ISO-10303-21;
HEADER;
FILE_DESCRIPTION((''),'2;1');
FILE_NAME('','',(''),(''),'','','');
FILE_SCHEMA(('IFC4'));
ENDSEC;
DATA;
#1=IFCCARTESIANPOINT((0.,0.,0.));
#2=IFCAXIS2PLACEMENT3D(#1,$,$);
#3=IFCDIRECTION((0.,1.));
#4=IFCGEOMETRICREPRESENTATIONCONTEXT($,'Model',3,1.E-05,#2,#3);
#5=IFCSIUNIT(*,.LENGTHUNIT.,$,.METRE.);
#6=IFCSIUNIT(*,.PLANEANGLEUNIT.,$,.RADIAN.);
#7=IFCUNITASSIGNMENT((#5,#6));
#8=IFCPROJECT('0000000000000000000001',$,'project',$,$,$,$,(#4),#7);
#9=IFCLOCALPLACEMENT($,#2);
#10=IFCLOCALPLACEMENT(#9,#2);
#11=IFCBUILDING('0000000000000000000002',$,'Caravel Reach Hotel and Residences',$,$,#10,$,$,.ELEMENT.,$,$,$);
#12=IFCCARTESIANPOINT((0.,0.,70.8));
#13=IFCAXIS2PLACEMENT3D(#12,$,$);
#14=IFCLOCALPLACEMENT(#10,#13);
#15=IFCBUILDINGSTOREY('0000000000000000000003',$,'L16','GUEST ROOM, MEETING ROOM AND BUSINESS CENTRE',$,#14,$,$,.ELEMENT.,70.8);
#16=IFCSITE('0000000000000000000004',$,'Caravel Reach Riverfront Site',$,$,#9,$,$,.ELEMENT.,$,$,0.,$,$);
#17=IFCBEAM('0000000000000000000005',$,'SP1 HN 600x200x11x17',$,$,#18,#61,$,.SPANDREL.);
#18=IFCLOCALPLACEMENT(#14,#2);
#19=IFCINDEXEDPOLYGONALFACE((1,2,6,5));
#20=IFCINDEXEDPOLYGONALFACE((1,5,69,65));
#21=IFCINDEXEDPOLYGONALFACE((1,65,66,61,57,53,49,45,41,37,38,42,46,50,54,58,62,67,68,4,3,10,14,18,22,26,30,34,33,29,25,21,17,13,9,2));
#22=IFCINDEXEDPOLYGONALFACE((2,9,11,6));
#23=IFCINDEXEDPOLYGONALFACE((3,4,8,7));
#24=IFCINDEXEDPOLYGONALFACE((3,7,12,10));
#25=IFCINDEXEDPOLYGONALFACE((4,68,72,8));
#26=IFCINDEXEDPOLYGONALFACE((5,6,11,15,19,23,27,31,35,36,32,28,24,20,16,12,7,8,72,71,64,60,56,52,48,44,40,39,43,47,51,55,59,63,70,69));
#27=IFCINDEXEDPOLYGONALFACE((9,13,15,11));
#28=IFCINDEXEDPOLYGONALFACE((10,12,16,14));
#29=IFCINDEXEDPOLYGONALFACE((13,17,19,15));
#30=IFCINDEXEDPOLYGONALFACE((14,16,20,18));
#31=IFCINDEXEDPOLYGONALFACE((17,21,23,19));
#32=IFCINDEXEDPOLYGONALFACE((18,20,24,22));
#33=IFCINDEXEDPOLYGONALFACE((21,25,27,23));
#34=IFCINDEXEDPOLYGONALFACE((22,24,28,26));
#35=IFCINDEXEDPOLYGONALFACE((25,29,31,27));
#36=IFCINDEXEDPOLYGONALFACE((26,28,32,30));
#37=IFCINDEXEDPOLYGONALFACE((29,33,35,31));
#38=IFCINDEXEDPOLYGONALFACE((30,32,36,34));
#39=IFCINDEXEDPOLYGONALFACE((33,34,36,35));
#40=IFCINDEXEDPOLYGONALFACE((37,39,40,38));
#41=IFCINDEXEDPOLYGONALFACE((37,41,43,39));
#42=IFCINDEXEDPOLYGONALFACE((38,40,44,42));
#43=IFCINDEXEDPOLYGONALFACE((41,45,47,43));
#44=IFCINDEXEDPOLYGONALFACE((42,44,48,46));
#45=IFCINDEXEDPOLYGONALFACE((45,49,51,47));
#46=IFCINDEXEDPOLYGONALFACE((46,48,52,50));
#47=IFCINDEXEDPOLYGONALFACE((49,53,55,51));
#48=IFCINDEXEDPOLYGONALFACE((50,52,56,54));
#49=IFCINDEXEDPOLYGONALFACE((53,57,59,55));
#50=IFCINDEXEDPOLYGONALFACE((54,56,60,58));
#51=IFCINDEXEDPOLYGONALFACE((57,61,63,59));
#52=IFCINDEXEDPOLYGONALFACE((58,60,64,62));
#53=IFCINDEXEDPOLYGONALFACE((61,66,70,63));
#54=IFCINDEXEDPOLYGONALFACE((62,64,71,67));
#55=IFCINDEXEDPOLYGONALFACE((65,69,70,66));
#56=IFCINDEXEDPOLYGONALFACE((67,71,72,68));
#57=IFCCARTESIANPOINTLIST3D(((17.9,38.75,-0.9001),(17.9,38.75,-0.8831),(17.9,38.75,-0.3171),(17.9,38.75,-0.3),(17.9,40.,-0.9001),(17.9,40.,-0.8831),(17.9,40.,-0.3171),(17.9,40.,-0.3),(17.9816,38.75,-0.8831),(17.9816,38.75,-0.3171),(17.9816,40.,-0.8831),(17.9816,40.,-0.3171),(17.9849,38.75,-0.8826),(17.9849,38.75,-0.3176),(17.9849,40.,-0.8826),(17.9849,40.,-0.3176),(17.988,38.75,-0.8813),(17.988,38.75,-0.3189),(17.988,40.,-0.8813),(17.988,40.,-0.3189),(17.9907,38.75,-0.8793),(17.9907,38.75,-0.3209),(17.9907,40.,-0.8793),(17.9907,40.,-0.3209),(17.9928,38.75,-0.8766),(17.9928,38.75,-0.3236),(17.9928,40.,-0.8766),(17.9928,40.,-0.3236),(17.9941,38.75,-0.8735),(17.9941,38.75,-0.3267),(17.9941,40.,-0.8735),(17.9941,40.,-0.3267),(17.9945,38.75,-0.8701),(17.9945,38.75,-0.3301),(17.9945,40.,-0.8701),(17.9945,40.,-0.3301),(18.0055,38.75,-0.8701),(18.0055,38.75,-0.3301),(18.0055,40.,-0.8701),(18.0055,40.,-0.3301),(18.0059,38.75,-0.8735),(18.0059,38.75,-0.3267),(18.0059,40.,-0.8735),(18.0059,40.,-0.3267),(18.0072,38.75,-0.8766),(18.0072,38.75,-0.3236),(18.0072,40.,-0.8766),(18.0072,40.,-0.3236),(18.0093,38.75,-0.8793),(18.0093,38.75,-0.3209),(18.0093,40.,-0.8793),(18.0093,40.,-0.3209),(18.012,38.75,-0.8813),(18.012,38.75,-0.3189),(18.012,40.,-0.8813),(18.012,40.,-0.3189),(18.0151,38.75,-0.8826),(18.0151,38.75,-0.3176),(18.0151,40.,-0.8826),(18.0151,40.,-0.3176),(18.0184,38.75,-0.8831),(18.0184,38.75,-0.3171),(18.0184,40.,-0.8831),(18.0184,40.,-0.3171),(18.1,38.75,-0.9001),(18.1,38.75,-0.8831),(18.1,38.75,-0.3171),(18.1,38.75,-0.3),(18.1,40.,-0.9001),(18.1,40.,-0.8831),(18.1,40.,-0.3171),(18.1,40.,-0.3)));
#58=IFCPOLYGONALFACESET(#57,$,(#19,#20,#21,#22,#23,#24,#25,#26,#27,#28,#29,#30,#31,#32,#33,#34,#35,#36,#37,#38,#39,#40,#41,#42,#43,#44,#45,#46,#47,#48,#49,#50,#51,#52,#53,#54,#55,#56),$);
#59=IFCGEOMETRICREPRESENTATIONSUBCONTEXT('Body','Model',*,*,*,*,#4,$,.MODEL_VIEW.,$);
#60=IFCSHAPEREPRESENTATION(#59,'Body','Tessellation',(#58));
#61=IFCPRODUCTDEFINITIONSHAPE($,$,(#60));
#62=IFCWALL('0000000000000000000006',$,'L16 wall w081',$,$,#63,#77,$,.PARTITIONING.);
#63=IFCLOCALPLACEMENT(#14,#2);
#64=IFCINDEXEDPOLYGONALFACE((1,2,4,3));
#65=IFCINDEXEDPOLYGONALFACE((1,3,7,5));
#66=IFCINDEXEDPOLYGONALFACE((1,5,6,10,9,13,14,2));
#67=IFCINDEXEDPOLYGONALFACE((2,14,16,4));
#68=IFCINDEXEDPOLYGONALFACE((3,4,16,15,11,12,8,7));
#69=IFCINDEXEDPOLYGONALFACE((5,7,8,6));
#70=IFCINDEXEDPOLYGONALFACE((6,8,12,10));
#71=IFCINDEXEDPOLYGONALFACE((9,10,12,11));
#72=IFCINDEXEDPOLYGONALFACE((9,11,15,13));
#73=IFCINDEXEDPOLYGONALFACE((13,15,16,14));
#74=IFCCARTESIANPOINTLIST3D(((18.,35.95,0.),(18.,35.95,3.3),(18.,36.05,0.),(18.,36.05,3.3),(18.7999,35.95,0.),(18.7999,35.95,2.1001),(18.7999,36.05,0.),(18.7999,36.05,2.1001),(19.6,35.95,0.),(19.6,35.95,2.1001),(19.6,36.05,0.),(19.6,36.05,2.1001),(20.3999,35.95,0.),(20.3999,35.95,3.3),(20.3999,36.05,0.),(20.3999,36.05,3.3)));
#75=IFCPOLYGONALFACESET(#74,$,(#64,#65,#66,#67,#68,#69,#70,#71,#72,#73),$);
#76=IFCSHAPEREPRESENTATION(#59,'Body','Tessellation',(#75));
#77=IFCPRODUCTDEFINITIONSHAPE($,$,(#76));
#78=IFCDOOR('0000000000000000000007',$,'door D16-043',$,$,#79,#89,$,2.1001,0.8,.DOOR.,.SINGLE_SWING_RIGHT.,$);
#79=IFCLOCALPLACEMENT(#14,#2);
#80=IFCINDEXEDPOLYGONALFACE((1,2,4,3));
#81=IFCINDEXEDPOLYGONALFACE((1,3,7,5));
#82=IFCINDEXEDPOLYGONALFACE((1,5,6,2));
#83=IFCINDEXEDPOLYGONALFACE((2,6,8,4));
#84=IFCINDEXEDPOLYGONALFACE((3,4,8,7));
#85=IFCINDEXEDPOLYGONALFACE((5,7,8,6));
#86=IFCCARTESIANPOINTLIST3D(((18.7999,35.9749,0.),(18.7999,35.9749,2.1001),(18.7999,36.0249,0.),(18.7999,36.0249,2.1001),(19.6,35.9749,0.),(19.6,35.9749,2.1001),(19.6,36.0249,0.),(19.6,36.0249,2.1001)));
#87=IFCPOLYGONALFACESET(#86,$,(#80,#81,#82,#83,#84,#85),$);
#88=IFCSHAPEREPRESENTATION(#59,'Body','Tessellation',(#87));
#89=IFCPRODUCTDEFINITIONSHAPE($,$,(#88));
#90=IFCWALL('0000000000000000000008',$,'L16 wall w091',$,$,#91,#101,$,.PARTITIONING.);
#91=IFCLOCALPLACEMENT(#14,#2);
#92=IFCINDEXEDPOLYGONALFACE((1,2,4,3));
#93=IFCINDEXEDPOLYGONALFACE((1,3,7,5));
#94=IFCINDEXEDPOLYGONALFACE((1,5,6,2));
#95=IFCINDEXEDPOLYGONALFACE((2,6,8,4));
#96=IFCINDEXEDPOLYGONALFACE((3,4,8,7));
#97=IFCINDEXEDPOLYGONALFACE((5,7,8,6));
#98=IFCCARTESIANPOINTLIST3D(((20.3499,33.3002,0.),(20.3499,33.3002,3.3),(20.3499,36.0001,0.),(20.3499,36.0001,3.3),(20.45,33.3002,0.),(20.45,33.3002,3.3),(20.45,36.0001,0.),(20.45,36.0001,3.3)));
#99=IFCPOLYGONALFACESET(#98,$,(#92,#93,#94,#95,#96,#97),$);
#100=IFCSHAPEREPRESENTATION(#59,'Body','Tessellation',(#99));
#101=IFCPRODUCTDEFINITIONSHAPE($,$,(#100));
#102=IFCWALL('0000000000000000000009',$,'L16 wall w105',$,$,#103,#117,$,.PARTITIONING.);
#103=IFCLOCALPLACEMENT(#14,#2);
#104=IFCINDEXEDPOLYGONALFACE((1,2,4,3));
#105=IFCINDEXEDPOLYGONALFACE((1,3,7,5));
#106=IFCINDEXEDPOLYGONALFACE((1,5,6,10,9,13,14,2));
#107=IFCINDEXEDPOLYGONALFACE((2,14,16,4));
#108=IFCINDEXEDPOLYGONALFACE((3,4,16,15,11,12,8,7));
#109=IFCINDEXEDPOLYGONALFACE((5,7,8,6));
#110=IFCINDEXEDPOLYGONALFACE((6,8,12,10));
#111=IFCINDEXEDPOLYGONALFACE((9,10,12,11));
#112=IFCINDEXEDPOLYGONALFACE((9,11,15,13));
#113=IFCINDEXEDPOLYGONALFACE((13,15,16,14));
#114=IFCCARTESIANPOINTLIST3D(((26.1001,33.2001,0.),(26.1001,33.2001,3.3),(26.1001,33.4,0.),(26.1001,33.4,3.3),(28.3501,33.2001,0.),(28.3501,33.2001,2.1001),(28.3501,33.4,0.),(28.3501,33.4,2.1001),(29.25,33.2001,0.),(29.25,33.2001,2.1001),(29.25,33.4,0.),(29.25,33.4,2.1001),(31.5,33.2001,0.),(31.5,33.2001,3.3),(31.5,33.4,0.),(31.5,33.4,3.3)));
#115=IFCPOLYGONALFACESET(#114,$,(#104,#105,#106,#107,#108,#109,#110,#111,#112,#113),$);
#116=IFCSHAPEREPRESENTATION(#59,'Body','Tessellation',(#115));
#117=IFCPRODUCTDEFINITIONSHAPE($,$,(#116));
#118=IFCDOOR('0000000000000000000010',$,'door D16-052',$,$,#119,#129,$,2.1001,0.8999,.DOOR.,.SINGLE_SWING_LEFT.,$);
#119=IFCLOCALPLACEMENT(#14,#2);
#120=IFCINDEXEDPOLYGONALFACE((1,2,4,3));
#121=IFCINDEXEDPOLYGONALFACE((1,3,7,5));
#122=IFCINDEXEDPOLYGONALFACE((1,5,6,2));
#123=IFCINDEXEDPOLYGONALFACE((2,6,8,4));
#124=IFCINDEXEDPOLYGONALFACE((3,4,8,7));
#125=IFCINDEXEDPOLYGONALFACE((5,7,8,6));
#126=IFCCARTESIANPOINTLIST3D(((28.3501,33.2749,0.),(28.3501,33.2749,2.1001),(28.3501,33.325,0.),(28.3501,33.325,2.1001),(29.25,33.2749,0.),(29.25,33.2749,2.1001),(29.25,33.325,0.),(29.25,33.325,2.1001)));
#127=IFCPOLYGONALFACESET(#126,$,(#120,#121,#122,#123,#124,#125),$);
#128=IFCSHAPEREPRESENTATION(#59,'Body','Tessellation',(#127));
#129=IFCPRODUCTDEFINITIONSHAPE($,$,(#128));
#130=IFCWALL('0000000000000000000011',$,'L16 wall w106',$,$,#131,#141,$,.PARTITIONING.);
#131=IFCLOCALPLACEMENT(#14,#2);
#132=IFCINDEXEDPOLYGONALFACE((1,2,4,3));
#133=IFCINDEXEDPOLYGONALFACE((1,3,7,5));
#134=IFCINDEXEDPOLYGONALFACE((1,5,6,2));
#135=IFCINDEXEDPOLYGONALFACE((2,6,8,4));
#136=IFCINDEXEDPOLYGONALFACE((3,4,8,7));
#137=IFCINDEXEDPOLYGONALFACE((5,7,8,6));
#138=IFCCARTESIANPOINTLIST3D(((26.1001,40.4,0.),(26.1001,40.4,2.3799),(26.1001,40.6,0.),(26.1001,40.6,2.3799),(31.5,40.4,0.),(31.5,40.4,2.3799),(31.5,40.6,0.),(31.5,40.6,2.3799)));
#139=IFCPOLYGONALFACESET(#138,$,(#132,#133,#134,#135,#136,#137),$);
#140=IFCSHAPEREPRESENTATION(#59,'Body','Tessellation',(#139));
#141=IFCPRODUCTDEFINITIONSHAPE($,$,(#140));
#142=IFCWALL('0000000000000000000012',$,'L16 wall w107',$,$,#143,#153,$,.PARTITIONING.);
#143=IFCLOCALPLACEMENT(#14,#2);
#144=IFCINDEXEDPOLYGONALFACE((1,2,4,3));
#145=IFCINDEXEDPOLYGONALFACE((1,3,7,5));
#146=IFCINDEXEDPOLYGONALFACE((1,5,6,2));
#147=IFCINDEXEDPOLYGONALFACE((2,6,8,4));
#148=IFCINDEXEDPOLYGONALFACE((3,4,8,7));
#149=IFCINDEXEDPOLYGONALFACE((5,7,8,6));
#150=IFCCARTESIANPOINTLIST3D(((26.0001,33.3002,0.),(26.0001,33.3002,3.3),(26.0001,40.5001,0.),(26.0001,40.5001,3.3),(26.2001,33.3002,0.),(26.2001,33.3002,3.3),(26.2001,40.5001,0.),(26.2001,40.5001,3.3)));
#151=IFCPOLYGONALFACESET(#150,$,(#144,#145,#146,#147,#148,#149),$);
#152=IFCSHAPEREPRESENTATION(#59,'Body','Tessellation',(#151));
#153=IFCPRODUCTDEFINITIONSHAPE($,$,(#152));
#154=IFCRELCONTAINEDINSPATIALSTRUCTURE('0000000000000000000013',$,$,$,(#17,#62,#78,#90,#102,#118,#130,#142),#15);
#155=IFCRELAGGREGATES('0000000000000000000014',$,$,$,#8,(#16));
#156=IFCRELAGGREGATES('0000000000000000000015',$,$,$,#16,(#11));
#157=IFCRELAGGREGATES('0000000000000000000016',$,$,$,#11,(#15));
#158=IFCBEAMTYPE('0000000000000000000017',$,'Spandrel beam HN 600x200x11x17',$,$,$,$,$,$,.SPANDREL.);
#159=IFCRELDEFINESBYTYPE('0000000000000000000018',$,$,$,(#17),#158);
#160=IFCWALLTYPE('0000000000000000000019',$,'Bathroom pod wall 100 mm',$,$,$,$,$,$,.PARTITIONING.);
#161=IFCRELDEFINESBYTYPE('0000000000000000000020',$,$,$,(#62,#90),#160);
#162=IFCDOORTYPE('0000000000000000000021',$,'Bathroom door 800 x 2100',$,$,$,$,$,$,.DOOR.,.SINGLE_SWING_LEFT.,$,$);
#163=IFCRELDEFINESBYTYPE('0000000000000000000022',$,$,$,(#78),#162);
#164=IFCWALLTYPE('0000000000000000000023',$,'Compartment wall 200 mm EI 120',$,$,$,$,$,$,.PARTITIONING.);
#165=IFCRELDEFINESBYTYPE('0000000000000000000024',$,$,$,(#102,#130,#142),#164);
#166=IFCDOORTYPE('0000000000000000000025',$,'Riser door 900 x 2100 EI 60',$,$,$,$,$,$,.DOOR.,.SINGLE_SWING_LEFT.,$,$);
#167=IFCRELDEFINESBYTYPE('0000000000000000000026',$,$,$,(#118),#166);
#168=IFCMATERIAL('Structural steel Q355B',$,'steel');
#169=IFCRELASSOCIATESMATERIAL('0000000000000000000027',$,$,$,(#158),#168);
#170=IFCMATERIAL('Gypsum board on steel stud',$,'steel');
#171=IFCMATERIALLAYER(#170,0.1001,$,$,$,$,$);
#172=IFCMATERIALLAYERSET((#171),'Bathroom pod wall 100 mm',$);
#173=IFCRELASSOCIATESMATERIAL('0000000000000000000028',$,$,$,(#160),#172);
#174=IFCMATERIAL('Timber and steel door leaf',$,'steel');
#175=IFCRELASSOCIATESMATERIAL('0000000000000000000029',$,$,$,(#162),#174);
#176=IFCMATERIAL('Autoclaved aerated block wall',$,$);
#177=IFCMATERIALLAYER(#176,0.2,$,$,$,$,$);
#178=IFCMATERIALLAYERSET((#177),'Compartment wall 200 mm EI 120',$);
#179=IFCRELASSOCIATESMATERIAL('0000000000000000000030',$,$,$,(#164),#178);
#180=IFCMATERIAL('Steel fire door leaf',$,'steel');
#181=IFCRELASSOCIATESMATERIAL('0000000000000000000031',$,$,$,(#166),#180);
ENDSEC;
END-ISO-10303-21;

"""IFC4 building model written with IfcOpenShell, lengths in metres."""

from ifc_helpers import new_model, si_unit, direction, frame, frame_2d, origin, origin_2d, place, context, subcontext, project, spatial, rectangle, i_section, extrude, material, layer, layer_set, material_profile, profile_set, type_object, element, fill, save


model = new_model("IFC4")

# Units and contexts
model_context = context("Model", 3, precision=1e-05, world=origin(), true_north=direction((0.0, 1.0)))
body_context = subcontext(model_context, "Body", "Model", "MODEL_VIEW")
ifc_project = project(units=[si_unit("LENGTHUNIT", "METRE"), si_unit("PLANEANGLEUNIT", "RADIAN")], contexts=[model_context])

# Site, building, storey
site_placement = place(None, origin())
site = spatial("IfcSite", under=ifc_project, at=site_placement, Name="Caravel Reach Riverfront Site", CompositionType="ELEMENT", RefElevation=0.0)
building_placement = place(site_placement, origin())
building = spatial("IfcBuilding", under=site, at=building_placement, Name="Caravel Reach Hotel and Residences", CompositionType="ELEMENT")
storey_placement = place(building_placement, frame((0.0, 0.0, 70.8)))
storey = spatial("IfcBuildingStorey", under=building, at=storey_placement, Name="L16", Description="GUEST ROOM, MEETING ROOM AND BUSINESS CENTRE", CompositionType="ELEMENT", Elevation=70.8)

# Beam
ifc_material_1 = material(Name="Structural steel Q355B", Category="steel")
ifc_material_profile_1 = material_profile(ifc_material_1, i_section(OverallWidth=0.2, OverallDepth=0.6001, WebThickness=0.011, FlangeThickness=0.0171, FilletRadius=0.0129, at=origin_2d()), Name="HN 600x200x11x17")
ifc_profile_set_1 = profile_set([ifc_material_profile_1], Name="Structural steel Q355B")
beam_type_1 = type_object("IfcBeamType", Name="Spandrel beam HN 600x200x11x17", PredefinedType="SPANDREL", material=ifc_profile_set_1)
beam_1_placement = place(storey_placement, frame((18.0, 40.0, -0.6001), z_axis=(0.0, -1.0, 0.0), x_axis=(1.0, 0.0, 0.0)))
element("IfcBeam", 1, at=beam_1_placement, inside=storey, type_object=beam_type_1, Name="SP1 HN 600x200x11x17", PredefinedType="SPANDREL", context=body_context, shape_type="SweptSolid", body=[
    extrude(i_section(OverallWidth=0.2, OverallDepth=0.6001, WebThickness=0.011, FlangeThickness=0.0171, FilletRadius=0.0129, at=origin_2d()), origin(), (0.0, 0.0, 1.0), 1.25),
])

# Wall, opening, door
ifc_material_2 = material(Name="Gypsum board on steel stud", Category="steel")
ifc_layer_1 = layer(ifc_material_2, 0.1001)
ifc_layer_set_1 = layer_set([ifc_layer_1], Name="Bathroom pod wall 100 mm")
wall_type_1 = type_object("IfcWallType", Name="Bathroom pod wall 100 mm", PredefinedType="PARTITIONING", material=ifc_layer_set_1)
wall_1_placement = place(storey_placement, frame((18.0, 36.0, 0.0), z_axis=(0.0, 0.0, 1.0), x_axis=(1.0, 0.0, 0.0)))
wall_1 = element("IfcWall", 2, at=wall_1_placement, inside=storey, type_object=wall_type_1, Name="L16 wall w081", PredefinedType="PARTITIONING", context=body_context, shape_type="SweptSolid", body=[
    extrude(rectangle(XDim=2.3999, YDim=0.1001, at=frame_2d((1.2, 0.0))), origin(), (0.0, 0.0, 1.0), 3.3),
])
opening_1_placement = place(wall_1_placement, frame((0.8, 0.0, 0.0)))
opening_1 = element("IfcOpeningElement", 3, at=opening_1_placement, cuts=wall_1, PredefinedType="OPENING", context=body_context, shape_type="SweptSolid", body=[
    extrude(rectangle(XDim=0.8, YDim=2.1001, at=frame_2d((0.3999, 1.05))), frame((0.0, 0.0601, 0.0), z_axis=(0.0, -1.0, 0.0), x_axis=(1.0, 0.0, 0.0)), (0.0, 0.0, 1.0), 0.1201),
])
ifc_material_3 = material(Name="Timber and steel door leaf", Category="steel")
door_type_1 = type_object("IfcDoorType", Name="Bathroom door 800 x 2100", OperationType="SINGLE_SWING_LEFT", PredefinedType="DOOR", material=ifc_material_3)
door_1_placement = place(opening_1_placement, origin())
door_1 = element("IfcDoor", 4, at=door_1_placement, inside=storey, type_object=door_type_1, Name="door D16-043", OperationType="SINGLE_SWING_RIGHT", OverallHeight=2.1001, OverallWidth=0.8, PredefinedType="DOOR", context=body_context, shape_type="SweptSolid", body=[
    extrude(rectangle(XDim=0.8, YDim=2.1001, at=frame_2d((0.3999, 1.05))), frame((0.0, 0.0249, 0.0), z_axis=(0.0, -1.0, 0.0), x_axis=(1.0, 0.0, 0.0)), (0.0, 0.0, 1.0), 0.05),
])
fill(opening_1, door_1)

# Wall
wall_2_placement = place(storey_placement, frame((20.3999, 33.3, 0.0), z_axis=(0.0, 0.0, 1.0), x_axis=(0.0, 1.0, 0.0)))
element("IfcWall", 5, at=wall_2_placement, inside=storey, type_object=wall_type_1, Name="L16 wall w091", PredefinedType="PARTITIONING", context=body_context, shape_type="SweptSolid", body=[
    extrude(rectangle(XDim=2.7, YDim=0.1001, at=frame_2d((1.3501, 0.0))), origin(), (0.0, 0.0, 1.0), 3.3),
])

# Wall, opening, door
ifc_material_4 = material(Name="Autoclaved aerated block wall")
ifc_layer_2 = layer(ifc_material_4, 0.2)
ifc_layer_set_2 = layer_set([ifc_layer_2], Name="Compartment wall 200 mm EI 120")
wall_type_2 = type_object("IfcWallType", Name="Compartment wall 200 mm EI 120", PredefinedType="PARTITIONING", material=ifc_layer_set_2)
wall_3_placement = place(storey_placement, frame((26.1001, 33.3, 0.0), z_axis=(0.0, 0.0, 1.0), x_axis=(1.0, 0.0, 0.0)))
wall_3 = element("IfcWall", 6, at=wall_3_placement, inside=storey, type_object=wall_type_2, Name="L16 wall w105", PredefinedType="PARTITIONING", context=body_context, shape_type="SweptSolid", body=[
    extrude(rectangle(XDim=5.3999, YDim=0.2, at=frame_2d((2.7, 0.0))), origin(), (0.0, 0.0, 1.0), 3.3),
])
opening_2_placement = place(wall_3_placement, frame((2.25, 0.0, 0.0)))
opening_2 = element("IfcOpeningElement", 7, at=opening_2_placement, cuts=wall_3, PredefinedType="OPENING", context=body_context, shape_type="SweptSolid", body=[
    extrude(rectangle(XDim=0.8999, YDim=2.1001, at=frame_2d((0.45, 1.05))), frame((0.0, 0.1099, 0.0), z_axis=(0.0, -1.0, 0.0), x_axis=(1.0, 0.0, 0.0)), (0.0, 0.0, 1.0), 0.22),
])
ifc_material_5 = material(Name="Steel fire door leaf", Category="steel")
door_type_2 = type_object("IfcDoorType", Name="Riser door 900 x 2100 EI 60", OperationType="SINGLE_SWING_LEFT", PredefinedType="DOOR", material=ifc_material_5)
door_2_placement = place(opening_2_placement, origin())
door_2 = element("IfcDoor", 8, at=door_2_placement, inside=storey, type_object=door_type_2, Name="door D16-052", OperationType="SINGLE_SWING_LEFT", OverallHeight=2.1001, OverallWidth=0.8999, PredefinedType="DOOR", context=body_context, shape_type="SweptSolid", body=[
    extrude(rectangle(XDim=0.8999, YDim=2.1001, at=frame_2d((0.45, 1.05))), frame((0.0, 0.0249, 0.0), z_axis=(0.0, -1.0, 0.0), x_axis=(1.0, 0.0, 0.0)), (0.0, 0.0, 1.0), 0.05),
])
fill(opening_2, door_2)

# Walls
wall_4_placement = place(storey_placement, frame((26.1001, 40.5, 0.0), z_axis=(0.0, 0.0, 1.0), x_axis=(1.0, 0.0, 0.0)))
element("IfcWall", 9, at=wall_4_placement, inside=storey, type_object=wall_type_2, Name="L16 wall w106", PredefinedType="PARTITIONING", context=body_context, shape_type="SweptSolid", body=[
    extrude(rectangle(XDim=5.3999, YDim=0.2, at=frame_2d((2.7, 0.0))), origin(), (0.0, 0.0, 1.0), 2.3799),
])
wall_5_placement = place(storey_placement, frame((26.1001, 33.3, 0.0), z_axis=(0.0, 0.0, 1.0), x_axis=(0.0, 1.0, 0.0)))
element("IfcWall", 10, at=wall_5_placement, inside=storey, type_object=wall_type_2, Name="L16 wall w107", PredefinedType="PARTITIONING", context=body_context, shape_type="SweptSolid", body=[
    extrude(rectangle(XDim=7.2, YDim=0.2, at=frame_2d((3.6001, 0.0))), origin(), (0.0, 0.0, 1.0), 3.3),
])

save(model, "model.ifc")
